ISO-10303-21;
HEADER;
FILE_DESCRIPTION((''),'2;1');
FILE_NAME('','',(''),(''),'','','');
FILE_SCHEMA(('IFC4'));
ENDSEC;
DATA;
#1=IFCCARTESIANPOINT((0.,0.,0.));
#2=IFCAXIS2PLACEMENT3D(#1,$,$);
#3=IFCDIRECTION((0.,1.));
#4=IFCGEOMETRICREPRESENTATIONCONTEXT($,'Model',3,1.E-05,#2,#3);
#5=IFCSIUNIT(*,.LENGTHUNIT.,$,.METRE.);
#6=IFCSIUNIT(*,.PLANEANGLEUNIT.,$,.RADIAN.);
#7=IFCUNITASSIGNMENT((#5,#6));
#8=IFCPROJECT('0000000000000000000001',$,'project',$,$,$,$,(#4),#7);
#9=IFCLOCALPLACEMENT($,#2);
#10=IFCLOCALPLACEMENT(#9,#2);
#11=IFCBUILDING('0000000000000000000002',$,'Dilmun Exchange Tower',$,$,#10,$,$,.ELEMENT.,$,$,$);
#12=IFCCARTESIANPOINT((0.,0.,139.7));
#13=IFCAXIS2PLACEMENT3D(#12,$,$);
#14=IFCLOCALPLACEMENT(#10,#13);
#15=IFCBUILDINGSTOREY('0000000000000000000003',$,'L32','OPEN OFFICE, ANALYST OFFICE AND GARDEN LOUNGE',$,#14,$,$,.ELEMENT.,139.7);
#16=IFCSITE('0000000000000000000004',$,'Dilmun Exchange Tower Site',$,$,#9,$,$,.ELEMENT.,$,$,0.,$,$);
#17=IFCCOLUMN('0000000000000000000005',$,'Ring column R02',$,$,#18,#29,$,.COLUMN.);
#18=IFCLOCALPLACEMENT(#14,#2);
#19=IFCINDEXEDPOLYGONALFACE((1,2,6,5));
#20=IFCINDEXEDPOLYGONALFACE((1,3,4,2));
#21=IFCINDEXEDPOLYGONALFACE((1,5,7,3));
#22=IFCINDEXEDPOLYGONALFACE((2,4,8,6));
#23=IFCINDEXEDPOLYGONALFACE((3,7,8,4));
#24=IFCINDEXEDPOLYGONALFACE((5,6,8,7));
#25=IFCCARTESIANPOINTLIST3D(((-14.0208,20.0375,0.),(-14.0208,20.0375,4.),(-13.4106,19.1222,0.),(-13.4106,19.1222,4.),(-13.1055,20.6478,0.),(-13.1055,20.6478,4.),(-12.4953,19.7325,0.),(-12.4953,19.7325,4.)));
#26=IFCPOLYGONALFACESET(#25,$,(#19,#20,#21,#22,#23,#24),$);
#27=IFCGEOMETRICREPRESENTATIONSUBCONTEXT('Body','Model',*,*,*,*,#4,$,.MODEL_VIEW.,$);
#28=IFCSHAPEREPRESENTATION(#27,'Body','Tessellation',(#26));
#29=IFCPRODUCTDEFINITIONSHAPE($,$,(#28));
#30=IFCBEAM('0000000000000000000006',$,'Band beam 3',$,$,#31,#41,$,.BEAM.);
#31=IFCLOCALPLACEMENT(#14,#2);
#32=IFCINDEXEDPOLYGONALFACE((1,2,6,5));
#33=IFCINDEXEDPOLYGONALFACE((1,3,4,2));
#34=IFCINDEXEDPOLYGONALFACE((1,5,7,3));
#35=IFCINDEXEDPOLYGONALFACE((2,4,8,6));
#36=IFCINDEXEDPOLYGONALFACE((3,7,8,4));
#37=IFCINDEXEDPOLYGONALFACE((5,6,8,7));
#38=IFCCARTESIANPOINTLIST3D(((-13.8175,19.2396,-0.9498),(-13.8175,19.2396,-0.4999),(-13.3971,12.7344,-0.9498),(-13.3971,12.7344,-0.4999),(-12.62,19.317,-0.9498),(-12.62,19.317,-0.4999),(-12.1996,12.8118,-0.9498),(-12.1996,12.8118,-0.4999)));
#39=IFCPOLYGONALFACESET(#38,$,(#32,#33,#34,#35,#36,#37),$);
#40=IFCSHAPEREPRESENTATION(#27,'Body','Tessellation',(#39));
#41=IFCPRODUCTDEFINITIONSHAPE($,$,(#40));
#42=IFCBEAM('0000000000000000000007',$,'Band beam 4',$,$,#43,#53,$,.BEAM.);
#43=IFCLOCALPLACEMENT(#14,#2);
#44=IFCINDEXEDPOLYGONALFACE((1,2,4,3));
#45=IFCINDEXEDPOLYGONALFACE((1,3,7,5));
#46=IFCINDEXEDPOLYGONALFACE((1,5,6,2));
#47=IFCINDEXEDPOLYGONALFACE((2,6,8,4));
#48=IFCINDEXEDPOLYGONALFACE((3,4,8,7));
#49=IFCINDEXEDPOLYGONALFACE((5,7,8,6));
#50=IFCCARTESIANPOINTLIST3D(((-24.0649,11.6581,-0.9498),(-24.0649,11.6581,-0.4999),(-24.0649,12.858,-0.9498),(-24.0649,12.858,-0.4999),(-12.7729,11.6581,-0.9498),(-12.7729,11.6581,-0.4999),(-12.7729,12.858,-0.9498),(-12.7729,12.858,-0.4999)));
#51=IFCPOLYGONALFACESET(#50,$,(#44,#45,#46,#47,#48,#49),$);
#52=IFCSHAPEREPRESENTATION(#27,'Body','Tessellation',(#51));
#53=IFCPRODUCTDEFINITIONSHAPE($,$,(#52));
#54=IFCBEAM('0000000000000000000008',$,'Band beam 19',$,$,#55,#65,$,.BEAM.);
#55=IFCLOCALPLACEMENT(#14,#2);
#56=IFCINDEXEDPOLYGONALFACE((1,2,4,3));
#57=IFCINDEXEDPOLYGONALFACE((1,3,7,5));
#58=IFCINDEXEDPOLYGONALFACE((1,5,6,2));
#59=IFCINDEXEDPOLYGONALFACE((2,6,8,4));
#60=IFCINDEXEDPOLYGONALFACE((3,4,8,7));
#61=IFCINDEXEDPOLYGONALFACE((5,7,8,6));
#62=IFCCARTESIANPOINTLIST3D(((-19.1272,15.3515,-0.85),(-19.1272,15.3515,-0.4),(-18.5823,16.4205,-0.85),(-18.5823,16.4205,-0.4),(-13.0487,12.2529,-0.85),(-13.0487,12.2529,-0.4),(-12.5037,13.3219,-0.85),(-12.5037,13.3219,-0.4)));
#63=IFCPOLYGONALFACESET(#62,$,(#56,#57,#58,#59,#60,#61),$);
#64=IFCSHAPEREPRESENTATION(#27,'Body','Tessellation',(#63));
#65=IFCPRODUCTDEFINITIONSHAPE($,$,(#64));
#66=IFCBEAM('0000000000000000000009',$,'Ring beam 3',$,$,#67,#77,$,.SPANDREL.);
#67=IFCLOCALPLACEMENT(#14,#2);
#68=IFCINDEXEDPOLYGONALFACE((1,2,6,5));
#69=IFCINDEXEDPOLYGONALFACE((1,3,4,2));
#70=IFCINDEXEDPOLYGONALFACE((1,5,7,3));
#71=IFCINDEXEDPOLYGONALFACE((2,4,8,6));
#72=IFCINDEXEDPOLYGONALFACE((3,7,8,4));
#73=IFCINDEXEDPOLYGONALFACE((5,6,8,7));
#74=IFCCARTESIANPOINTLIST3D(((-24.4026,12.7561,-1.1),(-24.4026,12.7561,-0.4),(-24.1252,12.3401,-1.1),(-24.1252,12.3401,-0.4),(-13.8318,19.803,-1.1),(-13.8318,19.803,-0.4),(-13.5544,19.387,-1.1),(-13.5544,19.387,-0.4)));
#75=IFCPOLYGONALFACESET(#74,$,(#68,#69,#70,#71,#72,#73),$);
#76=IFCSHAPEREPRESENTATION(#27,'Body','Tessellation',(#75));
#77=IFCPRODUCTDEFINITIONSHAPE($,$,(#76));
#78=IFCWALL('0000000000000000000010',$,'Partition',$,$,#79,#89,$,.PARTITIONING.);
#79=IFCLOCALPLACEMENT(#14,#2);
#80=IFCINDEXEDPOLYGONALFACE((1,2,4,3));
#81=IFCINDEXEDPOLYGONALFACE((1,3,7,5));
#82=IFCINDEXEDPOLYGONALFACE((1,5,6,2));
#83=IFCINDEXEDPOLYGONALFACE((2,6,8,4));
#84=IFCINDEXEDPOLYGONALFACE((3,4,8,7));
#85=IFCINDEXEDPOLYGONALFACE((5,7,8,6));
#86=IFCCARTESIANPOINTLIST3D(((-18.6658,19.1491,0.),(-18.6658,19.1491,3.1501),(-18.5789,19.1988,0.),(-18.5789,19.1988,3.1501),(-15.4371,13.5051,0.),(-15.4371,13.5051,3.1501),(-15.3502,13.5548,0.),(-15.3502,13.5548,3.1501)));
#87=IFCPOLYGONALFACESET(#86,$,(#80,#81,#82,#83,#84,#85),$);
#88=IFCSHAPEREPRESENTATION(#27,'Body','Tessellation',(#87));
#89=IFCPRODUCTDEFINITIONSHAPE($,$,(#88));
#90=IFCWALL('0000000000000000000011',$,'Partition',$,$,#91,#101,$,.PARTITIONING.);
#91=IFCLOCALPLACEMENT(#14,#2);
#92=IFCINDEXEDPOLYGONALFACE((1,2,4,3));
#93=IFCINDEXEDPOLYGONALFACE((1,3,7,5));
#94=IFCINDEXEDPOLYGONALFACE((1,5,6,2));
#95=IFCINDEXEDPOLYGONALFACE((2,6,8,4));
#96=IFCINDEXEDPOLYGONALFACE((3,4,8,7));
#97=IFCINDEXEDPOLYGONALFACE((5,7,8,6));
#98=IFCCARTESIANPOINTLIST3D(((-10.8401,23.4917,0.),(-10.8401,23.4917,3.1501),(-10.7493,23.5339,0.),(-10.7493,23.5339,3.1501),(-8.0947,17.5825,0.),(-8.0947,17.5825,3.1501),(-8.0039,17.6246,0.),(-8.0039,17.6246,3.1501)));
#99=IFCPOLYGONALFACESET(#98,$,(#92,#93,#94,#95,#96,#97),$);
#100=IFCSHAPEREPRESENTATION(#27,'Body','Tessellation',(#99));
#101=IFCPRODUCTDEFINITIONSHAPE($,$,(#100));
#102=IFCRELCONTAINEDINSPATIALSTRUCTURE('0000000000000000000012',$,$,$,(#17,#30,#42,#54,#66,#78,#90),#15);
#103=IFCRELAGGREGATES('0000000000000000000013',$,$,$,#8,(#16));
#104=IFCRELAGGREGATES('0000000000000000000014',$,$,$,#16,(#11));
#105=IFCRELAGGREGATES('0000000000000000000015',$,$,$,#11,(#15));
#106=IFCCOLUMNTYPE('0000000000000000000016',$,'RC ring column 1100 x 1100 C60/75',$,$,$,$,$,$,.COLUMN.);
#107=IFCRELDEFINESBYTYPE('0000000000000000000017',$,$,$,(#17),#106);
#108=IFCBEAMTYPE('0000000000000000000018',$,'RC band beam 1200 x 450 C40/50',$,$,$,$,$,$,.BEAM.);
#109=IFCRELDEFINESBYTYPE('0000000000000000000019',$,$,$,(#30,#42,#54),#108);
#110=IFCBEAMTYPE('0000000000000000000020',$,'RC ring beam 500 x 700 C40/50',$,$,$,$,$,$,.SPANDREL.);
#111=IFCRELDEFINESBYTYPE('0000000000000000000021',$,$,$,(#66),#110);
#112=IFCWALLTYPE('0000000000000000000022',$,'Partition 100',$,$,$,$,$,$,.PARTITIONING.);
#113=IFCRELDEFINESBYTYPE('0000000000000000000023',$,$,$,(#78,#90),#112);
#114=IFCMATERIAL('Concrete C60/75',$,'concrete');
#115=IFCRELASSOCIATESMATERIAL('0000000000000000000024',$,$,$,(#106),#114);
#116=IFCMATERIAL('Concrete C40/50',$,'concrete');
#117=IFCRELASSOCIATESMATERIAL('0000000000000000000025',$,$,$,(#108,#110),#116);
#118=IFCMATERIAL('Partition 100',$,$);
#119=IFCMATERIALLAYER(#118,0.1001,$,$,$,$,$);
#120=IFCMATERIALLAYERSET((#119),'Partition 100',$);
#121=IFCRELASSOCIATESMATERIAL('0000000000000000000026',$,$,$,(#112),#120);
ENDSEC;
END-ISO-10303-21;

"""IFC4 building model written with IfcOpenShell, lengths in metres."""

from ifc_helpers import new_model, si_unit, direction, frame, frame_2d, origin, origin_2d, place, context, subcontext, project, spatial, rectangle, extrude, material, layer, layer_set, material_profile, profile_set, type_object, element, save


model = new_model("IFC4")

# Units and contexts
model_context = context("Model", 3, precision=1e-05, world=origin(), true_north=direction((0.0, 1.0)))
body_context = subcontext(model_context, "Body", "Model", "MODEL_VIEW")
ifc_project = project(units=[si_unit("LENGTHUNIT", "METRE"), si_unit("PLANEANGLEUNIT", "RADIAN")], contexts=[model_context])

# Site, building, storey
site_placement = place(None, origin())
site = spatial("IfcSite", under=ifc_project, at=site_placement, Name="Dilmun Exchange Tower Site", CompositionType="ELEMENT", RefElevation=0.0)
building_placement = place(site_placement, origin())
building = spatial("IfcBuilding", under=site, at=building_placement, Name="Dilmun Exchange Tower", CompositionType="ELEMENT")
storey_placement = place(building_placement, frame((0.0, 0.0, 139.7)))
storey = spatial("IfcBuildingStorey", under=building, at=storey_placement, Name="L32", Description="OPEN OFFICE, ANALYST OFFICE AND GARDEN LOUNGE", CompositionType="ELEMENT", Elevation=139.7)

# Column
ifc_material_1 = material(Name="Concrete C60/75", Category="concrete")
ifc_material_profile_1 = material_profile(ifc_material_1, rectangle(XDim=1.1001, YDim=1.1001, at=origin_2d()), Name="1100 x 1100")
ifc_profile_set_1 = profile_set([ifc_material_profile_1], Name="Concrete C60/75")
column_type = type_object("IfcColumnType", Name="RC ring column 1100 x 1100 C60/75", PredefinedType="COLUMN", material=ifc_profile_set_1)
column_placement = place(storey_placement, frame((-13.2581, 19.885, 0.0), z_axis=(0.0, 0.0, 1.0), x_axis=(0.832029, 0.554733, 0.0)))
element("IfcColumn", 1, at=column_placement, inside=storey, type_object=column_type, Name="Ring column R02", PredefinedType="COLUMN", context=body_context, shape_type="SweptSolid", body=[
    extrude(rectangle(XDim=1.1001, YDim=1.1001, at=origin_2d()), origin(), (0.0, 0.0, 1.0), 4.0),
])

# Beams
ifc_material_2 = material(Name="Concrete C40/50", Category="concrete")
ifc_material_profile_2 = material_profile(ifc_material_2, rectangle(XDim=1.2, YDim=0.45, at=origin_2d()), Name="1200 x 450")
ifc_profile_set_2 = profile_set([ifc_material_profile_2], Name="Concrete C40/50")
beam_type_1 = type_object("IfcBeamType", Name="RC band beam 1200 x 450 C40/50", PredefinedType="BEAM", material=ifc_profile_set_2)
beam_1_placement = place(storey_placement, frame((-13.2188, 19.2783, -0.7249), z_axis=(0.064493, -0.997918, 0.0), x_axis=(0.997918, 0.064493, 0.0)))
element("IfcBeam", 2, at=beam_1_placement, inside=storey, type_object=beam_type_1, Name="Band beam 3", PredefinedType="BEAM", context=body_context, shape_type="SweptSolid", body=[
    extrude(rectangle(XDim=1.2, YDim=0.45, at=origin_2d()), origin(), (0.0, 0.0, 1.0), 6.5188),
])
beam_2_placement = place(storey_placement, frame((-24.0649, 12.2581, -0.7249), z_axis=(1.0, 0.0, 0.0), x_axis=(0.0, 1.0, 0.0)))
element("IfcBeam", 3, at=beam_2_placement, inside=storey, type_object=beam_type_1, Name="Band beam 4", PredefinedType="BEAM", context=body_context, shape_type="SweptSolid", body=[
    extrude(rectangle(XDim=1.2, YDim=0.45, at=origin_2d()), origin(), (0.0, 0.0, 1.0), 11.292),
])
beam_3_placement = place(storey_placement, frame((-18.8547, 15.886, -0.625), z_axis=(0.890922, -0.454156, 0.0), x_axis=(0.454156, 0.890922, 0.0)))
element("IfcBeam", 4, at=beam_3_placement, inside=storey, type_object=beam_type_1, Name="Band beam 19", PredefinedType="BEAM", context=body_context, shape_type="SweptSolid", body=[
    extrude(rectangle(XDim=1.2, YDim=0.45, at=origin_2d()), origin(), (0.0, 0.0, 1.0), 6.8228),
])
ifc_material_profile_3 = material_profile(ifc_material_2, rectangle(XDim=0.5, YDim=0.7, at=origin_2d()), Name="500 x 700")
ifc_profile_set_3 = profile_set([ifc_material_profile_3], Name="Concrete C40/50")
beam_type_2 = type_object("IfcBeamType", Name="RC ring beam 500 x 700 C40/50", PredefinedType="SPANDREL", material=ifc_profile_set_3)
beam_4_placement = place(storey_placement, frame((-13.6931, 19.595, -0.75), z_axis=(-0.832062, -0.554682, 0.0), x_axis=(0.554682, -0.832062, 0.0)))
element("IfcBeam", 5, at=beam_4_placement, inside=storey, type_object=beam_type_2, Name="Ring beam 3", PredefinedType="SPANDREL", context=body_context, shape_type="SweptSolid", body=[
    extrude(rectangle(XDim=0.5, YDim=0.7, at=origin_2d()), origin(), (0.0, 0.0, 1.0), 12.7043),
])

# Walls
ifc_material_3 = material(Name="Partition 100")
ifc_layer_1 = layer(ifc_material_3, 0.1001)
ifc_layer_set_1 = layer_set([ifc_layer_1], Name="Partition 100")
wall_type_1 = type_object("IfcWallType", Name="Partition 100", PredefinedType="PARTITIONING", material=ifc_layer_set_1)
wall_1_placement = place(storey_placement, frame((-18.6223, 19.1738, 0.0), z_axis=(0.0, 0.0, 1.0), x_axis=(0.496555, -0.868005, 0.0)))
element("IfcWall", 6, at=wall_1_placement, inside=storey, type_object=wall_type_1, Name="Partition", PredefinedType="PARTITIONING", context=body_context, shape_type="SweptSolid", body=[
    extrude(rectangle(XDim=6.5022, YDim=0.1001, at=frame_2d((3.251, 0.0))), origin(), (0.0, 0.0, 1.0), 3.1501),
])
wall_2_placement = place(storey_placement, frame((-10.7947, 23.5127, 0.0), z_axis=(0.0, 0.0, 1.0), x_axis=(0.42134, -0.906903, 0.0)))
element("IfcWall", 7, at=wall_2_placement, inside=storey, type_object=wall_type_1, Name="Partition", PredefinedType="PARTITIONING", context=body_context, shape_type="SweptSolid", body=[
    extrude(rectangle(XDim=6.5159, YDim=0.1001, at=frame_2d((3.2578, 0.0))), origin(), (0.0, 0.0, 1.0), 3.1501),
])

save(model, "model.ifc")
